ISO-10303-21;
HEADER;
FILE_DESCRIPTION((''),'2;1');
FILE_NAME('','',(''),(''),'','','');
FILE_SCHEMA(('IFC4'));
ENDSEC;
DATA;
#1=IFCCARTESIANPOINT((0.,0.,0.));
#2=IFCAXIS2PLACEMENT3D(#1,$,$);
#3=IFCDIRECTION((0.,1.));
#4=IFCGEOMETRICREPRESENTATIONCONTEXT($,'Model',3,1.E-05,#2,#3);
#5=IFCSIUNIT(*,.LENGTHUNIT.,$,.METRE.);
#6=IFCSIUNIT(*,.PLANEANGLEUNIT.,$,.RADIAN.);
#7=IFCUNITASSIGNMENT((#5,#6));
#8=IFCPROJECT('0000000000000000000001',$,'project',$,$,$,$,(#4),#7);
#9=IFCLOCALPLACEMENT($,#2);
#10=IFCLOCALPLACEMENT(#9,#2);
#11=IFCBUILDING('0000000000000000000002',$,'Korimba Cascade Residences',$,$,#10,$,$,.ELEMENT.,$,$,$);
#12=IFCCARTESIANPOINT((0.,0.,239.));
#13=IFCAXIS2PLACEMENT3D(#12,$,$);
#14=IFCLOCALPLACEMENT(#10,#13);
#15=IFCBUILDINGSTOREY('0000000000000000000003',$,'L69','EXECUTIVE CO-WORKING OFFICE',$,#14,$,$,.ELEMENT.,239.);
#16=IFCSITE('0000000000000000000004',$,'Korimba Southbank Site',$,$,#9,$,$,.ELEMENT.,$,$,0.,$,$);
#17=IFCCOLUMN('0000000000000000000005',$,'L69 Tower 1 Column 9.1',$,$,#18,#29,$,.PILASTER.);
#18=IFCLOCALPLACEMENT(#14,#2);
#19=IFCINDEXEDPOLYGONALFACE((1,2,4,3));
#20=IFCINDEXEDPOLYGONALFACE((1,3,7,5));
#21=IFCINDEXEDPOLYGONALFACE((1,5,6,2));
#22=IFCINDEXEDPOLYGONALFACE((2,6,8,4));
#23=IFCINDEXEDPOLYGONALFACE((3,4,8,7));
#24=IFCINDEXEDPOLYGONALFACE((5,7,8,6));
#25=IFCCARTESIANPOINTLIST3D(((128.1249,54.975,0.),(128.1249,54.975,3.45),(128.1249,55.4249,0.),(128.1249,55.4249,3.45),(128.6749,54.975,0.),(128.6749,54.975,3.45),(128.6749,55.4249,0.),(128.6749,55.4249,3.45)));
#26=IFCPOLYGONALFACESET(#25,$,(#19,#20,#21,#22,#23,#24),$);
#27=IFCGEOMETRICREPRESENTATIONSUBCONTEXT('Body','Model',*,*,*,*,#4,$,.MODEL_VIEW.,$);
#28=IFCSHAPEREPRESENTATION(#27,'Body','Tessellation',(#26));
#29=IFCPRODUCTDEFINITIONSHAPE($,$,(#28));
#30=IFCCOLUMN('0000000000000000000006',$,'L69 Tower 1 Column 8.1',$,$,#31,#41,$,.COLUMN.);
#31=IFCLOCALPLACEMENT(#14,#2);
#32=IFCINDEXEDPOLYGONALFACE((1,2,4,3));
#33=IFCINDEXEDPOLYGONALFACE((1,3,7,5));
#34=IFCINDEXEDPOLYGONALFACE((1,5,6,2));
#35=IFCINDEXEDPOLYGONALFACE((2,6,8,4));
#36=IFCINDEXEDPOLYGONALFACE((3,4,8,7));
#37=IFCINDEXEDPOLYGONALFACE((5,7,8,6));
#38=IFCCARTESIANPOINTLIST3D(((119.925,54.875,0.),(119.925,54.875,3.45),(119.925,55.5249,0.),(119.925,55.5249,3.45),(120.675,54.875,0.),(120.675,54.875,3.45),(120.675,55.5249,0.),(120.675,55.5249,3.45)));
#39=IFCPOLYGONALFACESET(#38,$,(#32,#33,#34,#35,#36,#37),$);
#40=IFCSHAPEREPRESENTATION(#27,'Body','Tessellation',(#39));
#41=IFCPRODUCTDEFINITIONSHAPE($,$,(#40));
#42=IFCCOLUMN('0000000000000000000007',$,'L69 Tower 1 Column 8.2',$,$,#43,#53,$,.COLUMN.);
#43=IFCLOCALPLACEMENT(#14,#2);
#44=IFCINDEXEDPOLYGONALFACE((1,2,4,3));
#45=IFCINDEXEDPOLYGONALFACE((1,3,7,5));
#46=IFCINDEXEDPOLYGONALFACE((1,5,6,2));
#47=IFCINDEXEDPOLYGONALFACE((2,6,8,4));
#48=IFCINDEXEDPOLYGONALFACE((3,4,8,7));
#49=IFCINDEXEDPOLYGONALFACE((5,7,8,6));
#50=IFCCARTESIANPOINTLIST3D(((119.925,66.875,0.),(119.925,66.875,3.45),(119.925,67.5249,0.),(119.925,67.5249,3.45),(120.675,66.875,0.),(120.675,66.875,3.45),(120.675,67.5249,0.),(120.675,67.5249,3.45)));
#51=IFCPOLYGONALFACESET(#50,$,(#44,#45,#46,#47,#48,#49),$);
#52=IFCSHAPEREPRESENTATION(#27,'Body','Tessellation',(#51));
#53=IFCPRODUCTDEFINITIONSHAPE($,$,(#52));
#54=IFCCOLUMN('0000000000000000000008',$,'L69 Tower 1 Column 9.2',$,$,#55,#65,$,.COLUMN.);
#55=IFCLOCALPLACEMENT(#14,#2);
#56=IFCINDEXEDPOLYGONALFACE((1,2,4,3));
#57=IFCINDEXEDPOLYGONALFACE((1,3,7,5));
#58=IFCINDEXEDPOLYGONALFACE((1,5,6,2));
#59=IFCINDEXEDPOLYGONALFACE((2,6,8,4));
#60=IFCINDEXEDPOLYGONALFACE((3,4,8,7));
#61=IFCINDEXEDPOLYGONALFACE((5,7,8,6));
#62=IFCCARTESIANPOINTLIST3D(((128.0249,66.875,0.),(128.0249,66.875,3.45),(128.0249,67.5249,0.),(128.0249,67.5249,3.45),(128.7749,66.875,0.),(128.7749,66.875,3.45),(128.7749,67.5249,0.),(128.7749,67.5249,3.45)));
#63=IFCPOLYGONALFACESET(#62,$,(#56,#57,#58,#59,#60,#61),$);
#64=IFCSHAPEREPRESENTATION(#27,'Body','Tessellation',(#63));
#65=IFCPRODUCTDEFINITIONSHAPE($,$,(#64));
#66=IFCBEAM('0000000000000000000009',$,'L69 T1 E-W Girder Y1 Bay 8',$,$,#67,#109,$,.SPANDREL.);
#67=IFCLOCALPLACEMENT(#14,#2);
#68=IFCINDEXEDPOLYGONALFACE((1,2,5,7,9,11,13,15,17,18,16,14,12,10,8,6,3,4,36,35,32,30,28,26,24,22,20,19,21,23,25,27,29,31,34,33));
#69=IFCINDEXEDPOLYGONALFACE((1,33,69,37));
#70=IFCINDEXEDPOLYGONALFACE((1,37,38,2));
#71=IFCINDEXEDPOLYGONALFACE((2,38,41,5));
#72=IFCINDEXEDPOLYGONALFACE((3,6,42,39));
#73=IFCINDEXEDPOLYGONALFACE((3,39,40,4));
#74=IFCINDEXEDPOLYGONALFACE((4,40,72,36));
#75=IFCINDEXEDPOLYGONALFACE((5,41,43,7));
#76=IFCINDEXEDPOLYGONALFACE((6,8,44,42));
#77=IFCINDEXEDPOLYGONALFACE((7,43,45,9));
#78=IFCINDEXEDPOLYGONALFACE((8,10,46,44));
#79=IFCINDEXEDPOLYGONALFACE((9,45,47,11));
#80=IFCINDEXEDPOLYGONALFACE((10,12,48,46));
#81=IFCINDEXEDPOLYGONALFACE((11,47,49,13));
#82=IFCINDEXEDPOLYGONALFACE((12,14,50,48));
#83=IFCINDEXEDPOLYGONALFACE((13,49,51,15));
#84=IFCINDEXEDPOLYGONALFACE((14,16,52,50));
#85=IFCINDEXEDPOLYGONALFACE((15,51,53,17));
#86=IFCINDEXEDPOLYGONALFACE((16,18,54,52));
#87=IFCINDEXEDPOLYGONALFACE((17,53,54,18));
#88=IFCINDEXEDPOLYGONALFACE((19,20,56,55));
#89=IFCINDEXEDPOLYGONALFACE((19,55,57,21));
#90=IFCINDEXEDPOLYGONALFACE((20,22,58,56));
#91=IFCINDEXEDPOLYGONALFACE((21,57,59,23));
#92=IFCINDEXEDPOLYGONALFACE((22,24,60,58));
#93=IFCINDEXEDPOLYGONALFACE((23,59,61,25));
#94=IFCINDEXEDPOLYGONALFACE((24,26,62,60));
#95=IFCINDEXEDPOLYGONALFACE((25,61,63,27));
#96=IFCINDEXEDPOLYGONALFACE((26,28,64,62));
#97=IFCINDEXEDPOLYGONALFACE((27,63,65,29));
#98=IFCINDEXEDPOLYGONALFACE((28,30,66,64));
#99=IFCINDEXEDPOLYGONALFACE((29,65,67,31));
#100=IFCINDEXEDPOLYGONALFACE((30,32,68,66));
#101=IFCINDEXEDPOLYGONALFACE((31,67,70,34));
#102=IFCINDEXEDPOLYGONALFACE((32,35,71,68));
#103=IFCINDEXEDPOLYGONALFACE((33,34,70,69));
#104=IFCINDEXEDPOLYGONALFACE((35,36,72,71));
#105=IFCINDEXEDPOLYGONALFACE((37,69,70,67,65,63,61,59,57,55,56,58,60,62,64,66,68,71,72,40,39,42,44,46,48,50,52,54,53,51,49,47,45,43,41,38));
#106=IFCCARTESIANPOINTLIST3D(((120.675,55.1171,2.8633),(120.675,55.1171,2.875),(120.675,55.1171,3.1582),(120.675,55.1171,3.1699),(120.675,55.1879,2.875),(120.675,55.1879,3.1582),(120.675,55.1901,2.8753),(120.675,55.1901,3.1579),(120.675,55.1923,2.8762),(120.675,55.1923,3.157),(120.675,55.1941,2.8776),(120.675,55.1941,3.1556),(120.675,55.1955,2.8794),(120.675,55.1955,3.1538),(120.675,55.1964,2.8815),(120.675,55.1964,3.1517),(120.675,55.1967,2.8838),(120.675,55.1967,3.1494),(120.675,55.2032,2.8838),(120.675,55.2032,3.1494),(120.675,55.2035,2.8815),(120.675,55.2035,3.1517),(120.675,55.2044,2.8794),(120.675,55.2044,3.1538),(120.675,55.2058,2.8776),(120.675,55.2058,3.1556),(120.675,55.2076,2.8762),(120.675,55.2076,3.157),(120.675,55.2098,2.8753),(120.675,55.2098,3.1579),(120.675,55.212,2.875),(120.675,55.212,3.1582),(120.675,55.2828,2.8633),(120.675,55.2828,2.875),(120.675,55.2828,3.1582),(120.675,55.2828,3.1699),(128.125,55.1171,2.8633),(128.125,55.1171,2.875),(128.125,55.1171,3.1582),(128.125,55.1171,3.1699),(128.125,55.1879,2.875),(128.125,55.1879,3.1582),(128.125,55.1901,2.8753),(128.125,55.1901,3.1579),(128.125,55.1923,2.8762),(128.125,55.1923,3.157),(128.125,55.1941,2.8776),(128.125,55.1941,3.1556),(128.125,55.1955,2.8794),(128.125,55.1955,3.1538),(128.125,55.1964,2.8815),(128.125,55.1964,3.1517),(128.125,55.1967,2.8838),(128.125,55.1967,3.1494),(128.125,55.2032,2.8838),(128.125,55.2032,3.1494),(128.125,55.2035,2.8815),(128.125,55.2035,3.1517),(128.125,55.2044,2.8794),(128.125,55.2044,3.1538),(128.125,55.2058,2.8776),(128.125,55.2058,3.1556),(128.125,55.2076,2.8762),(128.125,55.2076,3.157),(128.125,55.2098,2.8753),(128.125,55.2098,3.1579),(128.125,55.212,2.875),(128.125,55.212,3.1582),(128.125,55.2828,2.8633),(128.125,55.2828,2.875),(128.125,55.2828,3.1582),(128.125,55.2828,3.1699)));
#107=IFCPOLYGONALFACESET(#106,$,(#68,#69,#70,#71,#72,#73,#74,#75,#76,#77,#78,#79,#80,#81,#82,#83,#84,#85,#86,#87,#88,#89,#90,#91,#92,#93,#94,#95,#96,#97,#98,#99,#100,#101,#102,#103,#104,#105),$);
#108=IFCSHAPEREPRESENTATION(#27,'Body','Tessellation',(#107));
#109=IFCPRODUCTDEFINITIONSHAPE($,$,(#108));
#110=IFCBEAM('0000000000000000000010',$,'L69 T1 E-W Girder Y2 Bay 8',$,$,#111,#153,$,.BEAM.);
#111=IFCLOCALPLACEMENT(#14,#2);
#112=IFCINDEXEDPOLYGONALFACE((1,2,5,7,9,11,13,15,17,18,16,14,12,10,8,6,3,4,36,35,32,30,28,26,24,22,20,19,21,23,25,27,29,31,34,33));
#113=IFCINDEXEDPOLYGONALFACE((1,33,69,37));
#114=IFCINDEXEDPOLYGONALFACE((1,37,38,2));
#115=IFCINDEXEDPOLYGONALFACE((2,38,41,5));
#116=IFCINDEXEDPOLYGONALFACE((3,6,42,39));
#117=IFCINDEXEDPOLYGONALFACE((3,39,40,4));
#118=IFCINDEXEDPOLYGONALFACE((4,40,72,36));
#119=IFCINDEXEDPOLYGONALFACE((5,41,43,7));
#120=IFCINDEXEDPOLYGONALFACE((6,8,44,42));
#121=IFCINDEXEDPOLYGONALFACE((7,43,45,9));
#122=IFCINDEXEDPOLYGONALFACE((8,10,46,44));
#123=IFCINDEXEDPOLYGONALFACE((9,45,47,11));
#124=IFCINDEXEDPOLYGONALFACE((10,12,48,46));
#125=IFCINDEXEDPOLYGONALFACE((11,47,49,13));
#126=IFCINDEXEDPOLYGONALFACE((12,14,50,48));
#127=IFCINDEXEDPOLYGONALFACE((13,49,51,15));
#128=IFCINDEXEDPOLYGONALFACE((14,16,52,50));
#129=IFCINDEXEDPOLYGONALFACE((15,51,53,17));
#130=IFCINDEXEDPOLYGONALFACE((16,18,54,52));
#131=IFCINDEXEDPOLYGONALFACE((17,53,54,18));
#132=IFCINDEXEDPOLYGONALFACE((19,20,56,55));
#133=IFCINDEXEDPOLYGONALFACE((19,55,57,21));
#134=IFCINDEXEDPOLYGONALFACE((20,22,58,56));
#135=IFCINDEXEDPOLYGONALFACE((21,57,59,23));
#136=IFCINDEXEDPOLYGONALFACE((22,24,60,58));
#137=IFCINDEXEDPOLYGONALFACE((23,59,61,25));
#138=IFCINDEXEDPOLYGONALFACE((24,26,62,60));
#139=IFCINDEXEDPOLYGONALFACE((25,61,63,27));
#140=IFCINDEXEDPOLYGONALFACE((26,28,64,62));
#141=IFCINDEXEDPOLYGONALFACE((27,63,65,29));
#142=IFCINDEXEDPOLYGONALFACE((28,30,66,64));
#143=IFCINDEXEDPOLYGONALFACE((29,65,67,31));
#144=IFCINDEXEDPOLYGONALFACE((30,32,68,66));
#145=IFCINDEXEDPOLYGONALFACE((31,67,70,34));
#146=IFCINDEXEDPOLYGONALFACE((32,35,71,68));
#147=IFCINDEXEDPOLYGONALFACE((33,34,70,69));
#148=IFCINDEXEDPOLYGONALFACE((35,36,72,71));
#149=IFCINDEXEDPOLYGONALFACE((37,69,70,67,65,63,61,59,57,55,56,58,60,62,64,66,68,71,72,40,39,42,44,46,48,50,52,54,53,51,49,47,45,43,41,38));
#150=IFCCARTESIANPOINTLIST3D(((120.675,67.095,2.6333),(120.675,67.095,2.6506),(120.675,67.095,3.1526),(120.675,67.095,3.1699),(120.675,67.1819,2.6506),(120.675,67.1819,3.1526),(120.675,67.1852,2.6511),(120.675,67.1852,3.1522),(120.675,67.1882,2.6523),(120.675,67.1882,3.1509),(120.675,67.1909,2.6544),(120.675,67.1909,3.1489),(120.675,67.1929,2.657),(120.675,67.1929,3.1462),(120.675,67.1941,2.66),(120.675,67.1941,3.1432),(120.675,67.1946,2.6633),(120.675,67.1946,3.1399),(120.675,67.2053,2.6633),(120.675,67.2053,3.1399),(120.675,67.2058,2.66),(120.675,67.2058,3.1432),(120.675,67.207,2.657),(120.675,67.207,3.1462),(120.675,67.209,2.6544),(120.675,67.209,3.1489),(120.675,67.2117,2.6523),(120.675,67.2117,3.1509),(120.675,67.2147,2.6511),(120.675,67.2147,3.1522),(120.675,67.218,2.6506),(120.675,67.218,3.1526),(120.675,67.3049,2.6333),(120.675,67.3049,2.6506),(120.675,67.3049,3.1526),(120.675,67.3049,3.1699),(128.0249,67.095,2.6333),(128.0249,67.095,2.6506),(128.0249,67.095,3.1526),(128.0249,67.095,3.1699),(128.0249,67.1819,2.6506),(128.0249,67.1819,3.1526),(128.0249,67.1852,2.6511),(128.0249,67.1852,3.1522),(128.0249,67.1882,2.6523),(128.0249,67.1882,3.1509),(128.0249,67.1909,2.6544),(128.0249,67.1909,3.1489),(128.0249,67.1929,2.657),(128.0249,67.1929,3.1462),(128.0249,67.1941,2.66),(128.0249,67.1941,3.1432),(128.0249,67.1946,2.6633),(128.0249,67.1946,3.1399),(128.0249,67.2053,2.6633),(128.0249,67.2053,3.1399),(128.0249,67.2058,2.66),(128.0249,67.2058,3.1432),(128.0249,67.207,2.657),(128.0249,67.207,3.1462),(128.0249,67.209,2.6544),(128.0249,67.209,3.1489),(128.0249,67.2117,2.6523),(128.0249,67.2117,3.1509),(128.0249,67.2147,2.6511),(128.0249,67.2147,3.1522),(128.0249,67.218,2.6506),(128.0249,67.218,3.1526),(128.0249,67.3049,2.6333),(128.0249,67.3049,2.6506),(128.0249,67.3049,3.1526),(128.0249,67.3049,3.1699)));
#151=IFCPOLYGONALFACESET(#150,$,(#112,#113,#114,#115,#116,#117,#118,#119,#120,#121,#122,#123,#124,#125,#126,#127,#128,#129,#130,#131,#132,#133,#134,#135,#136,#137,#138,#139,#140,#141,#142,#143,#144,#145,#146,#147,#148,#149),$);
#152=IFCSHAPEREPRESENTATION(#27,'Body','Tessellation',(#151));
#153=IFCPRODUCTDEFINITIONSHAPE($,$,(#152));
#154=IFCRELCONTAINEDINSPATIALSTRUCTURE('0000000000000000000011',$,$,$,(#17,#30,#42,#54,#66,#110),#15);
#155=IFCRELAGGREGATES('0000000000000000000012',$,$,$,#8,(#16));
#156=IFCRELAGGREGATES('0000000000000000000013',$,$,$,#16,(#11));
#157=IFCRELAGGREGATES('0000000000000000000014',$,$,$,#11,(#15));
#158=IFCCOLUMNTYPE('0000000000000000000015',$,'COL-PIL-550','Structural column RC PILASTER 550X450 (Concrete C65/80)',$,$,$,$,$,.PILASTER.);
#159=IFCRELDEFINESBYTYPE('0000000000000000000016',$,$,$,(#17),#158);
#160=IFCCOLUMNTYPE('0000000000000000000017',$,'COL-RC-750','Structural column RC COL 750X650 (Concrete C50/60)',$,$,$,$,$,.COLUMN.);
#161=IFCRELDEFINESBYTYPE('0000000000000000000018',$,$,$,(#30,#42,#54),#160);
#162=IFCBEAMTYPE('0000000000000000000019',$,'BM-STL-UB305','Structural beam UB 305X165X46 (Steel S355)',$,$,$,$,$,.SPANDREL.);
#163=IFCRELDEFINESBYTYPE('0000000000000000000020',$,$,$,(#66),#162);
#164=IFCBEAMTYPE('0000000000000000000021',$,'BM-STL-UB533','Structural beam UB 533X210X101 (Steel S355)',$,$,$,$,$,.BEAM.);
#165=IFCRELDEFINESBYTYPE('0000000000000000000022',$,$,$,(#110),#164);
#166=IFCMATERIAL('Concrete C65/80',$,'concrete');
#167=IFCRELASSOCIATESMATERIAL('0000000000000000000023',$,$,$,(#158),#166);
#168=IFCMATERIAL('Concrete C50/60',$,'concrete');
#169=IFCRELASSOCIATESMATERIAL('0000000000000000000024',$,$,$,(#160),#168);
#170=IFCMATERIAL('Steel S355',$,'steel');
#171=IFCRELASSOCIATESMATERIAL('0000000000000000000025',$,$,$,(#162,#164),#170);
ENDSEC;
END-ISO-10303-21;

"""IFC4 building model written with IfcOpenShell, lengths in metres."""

from ifc_helpers import new_model, si_unit, direction, frame, origin, origin_2d, place, context, subcontext, project, spatial, rectangle, i_section, extrude, material, material_profile, profile_set, type_object, element, save


model = new_model("IFC4")

# Units and contexts
model_context = context("Model", 3, precision=1e-05, world=origin(), true_north=direction((0.0, 1.0)))
body_context = subcontext(model_context, "Body", "Model", "MODEL_VIEW")
ifc_project = project(units=[si_unit("LENGTHUNIT", "METRE"), si_unit("PLANEANGLEUNIT", "RADIAN")], contexts=[model_context])

# Site, building, storey
site_placement = place(None, origin())
site = spatial("IfcSite", under=ifc_project, at=site_placement, Name="Korimba Southbank Site", CompositionType="ELEMENT", RefElevation=0.0)
building_placement = place(site_placement, origin())
building = spatial("IfcBuilding", under=site, at=building_placement, Name="Korimba Cascade Residences", CompositionType="ELEMENT")
storey_placement = place(building_placement, frame((0.0, 0.0, 239.0)))
storey = spatial("IfcBuildingStorey", under=building, at=storey_placement, Name="L69", Description="EXECUTIVE CO-WORKING OFFICE", CompositionType="ELEMENT", Elevation=239.0)

# Columns
ifc_material_1 = material(Name="Concrete C65/80", Category="concrete")
ifc_material_profile_1 = material_profile(ifc_material_1, rectangle(XDim=0.55, YDim=0.45, at=origin_2d()), Name="Concrete C65/80")
ifc_profile_set_1 = profile_set([ifc_material_profile_1], Name="Concrete C65/80")
column_type_1 = type_object("IfcColumnType", Name="COL-PIL-550", Description="Structural column RC PILASTER 550X450 (Concrete C65/80)", PredefinedType="PILASTER", material=ifc_profile_set_1)
column_placement = place(storey_placement, frame((128.3999, 55.2, 0.0), z_axis=(0.0, 0.0, 1.0), x_axis=(1.0, 0.0, 0.0)))
element("IfcColumn", 1, at=column_placement, inside=storey, type_object=column_type_1, Name="L69 Tower 1 Column 9.1", PredefinedType="PILASTER", context=body_context, shape_type="SweptSolid", body=[
    extrude(rectangle(XDim=0.55, YDim=0.45, at=origin_2d()), origin(), (0.0, 0.0, 1.0), 3.45),
])
ifc_material_2 = material(Name="Concrete C50/60", Category="concrete")
ifc_material_profile_2 = material_profile(ifc_material_2, rectangle(XDim=0.75, YDim=0.6499, at=origin_2d()), Name="Concrete C50/60")
ifc_profile_set_2 = profile_set([ifc_material_profile_2], Name="Concrete C50/60")
column_type_2 = type_object("IfcColumnType", Name="COL-RC-750", Description="Structural column RC COL 750X650 (Concrete C50/60)", PredefinedType="COLUMN", material=ifc_profile_set_2)
for number, where, z_axis, x_axis, name in (
    (2, (120.3, 55.2, 0.0), (0.0, 0.0, 1.0), (1.0, 0.0, 0.0), "L69 Tower 1 Column 8.1"),
    (3, (120.3, 67.2, 0.0), (0.0, 0.0, 1.0), (1.0, 0.0, 0.0), "L69 Tower 1 Column 8.2"),
    (4, (128.3999, 67.2, 0.0), (0.0, 0.0, 1.0), (1.0, 0.0, 0.0), "L69 Tower 1 Column 9.2"),
):
    element("IfcColumn", number, at=place(storey_placement, frame(where, z_axis=z_axis, x_axis=x_axis)), inside=storey, type_object=column_type_2, Name=name, PredefinedType="COLUMN", context=body_context, shape_type="SweptSolid", body=[
        extrude(rectangle(XDim=0.75, YDim=0.6499, at=origin_2d()), origin(), (0.0, 0.0, 1.0), 3.45),
    ])

# Beams
ifc_material_3 = material(Name="Steel S355", Category="steel")
ifc_material_profile_3 = material_profile(ifc_material_3, i_section(OverallWidth=0.1658, OverallDepth=0.3066, WebThickness=0.0066, FlangeThickness=0.0117, FilletRadius=0.0088, at=origin_2d()), Name="Steel S355")
ifc_profile_set_3 = profile_set([ifc_material_profile_3], Name="Steel S355")
beam_type_1 = type_object("IfcBeamType", Name="BM-STL-UB305", Description="Structural beam UB 305X165X46 (Steel S355)", PredefinedType="SPANDREL", material=ifc_profile_set_3)
beam_1_placement = place(storey_placement, frame((120.675, 55.2, 3.0166), z_axis=(1.0, 0.0, 0.0), x_axis=(0.0, 1.0, 0.0)))
element("IfcBeam", 5, at=beam_1_placement, inside=storey, type_object=beam_type_1, Name="L69 T1 E-W Girder Y1 Bay 8", PredefinedType="SPANDREL", context=body_context, shape_type="SweptSolid", body=[
    extrude(i_section(OverallWidth=0.1658, OverallDepth=0.3066, WebThickness=0.0066, FlangeThickness=0.0117, FilletRadius=0.0088, at=origin_2d()), origin(), (0.0, 0.0, 1.0), 7.45),
])
ifc_material_profile_4 = material_profile(ifc_material_3, i_section(OverallWidth=0.21, OverallDepth=0.5366, WebThickness=0.0107, FlangeThickness=0.0173, FilletRadius=0.0127, at=origin_2d()), Name="Steel S355")
ifc_profile_set_4 = profile_set([ifc_material_profile_4], Name="Steel S355")
beam_type_2 = type_object("IfcBeamType", Name="BM-STL-UB533", Description="Structural beam UB 533X210X101 (Steel S355)", PredefinedType="BEAM", material=ifc_profile_set_4)
beam_2_placement = place(storey_placement, frame((120.675, 67.2, 2.9016), z_axis=(1.0, 0.0, 0.0), x_axis=(0.0, 1.0, 0.0)))
element("IfcBeam", 6, at=beam_2_placement, inside=storey, type_object=beam_type_2, Name="L69 T1 E-W Girder Y2 Bay 8", PredefinedType="BEAM", context=body_context, shape_type="SweptSolid", body=[
    extrude(i_section(OverallWidth=0.21, OverallDepth=0.5366, WebThickness=0.0107, FlangeThickness=0.0173, FilletRadius=0.0127, at=origin_2d()), origin(), (0.0, 0.0, 1.0), 7.3499),
])

save(model, "model.ifc")
